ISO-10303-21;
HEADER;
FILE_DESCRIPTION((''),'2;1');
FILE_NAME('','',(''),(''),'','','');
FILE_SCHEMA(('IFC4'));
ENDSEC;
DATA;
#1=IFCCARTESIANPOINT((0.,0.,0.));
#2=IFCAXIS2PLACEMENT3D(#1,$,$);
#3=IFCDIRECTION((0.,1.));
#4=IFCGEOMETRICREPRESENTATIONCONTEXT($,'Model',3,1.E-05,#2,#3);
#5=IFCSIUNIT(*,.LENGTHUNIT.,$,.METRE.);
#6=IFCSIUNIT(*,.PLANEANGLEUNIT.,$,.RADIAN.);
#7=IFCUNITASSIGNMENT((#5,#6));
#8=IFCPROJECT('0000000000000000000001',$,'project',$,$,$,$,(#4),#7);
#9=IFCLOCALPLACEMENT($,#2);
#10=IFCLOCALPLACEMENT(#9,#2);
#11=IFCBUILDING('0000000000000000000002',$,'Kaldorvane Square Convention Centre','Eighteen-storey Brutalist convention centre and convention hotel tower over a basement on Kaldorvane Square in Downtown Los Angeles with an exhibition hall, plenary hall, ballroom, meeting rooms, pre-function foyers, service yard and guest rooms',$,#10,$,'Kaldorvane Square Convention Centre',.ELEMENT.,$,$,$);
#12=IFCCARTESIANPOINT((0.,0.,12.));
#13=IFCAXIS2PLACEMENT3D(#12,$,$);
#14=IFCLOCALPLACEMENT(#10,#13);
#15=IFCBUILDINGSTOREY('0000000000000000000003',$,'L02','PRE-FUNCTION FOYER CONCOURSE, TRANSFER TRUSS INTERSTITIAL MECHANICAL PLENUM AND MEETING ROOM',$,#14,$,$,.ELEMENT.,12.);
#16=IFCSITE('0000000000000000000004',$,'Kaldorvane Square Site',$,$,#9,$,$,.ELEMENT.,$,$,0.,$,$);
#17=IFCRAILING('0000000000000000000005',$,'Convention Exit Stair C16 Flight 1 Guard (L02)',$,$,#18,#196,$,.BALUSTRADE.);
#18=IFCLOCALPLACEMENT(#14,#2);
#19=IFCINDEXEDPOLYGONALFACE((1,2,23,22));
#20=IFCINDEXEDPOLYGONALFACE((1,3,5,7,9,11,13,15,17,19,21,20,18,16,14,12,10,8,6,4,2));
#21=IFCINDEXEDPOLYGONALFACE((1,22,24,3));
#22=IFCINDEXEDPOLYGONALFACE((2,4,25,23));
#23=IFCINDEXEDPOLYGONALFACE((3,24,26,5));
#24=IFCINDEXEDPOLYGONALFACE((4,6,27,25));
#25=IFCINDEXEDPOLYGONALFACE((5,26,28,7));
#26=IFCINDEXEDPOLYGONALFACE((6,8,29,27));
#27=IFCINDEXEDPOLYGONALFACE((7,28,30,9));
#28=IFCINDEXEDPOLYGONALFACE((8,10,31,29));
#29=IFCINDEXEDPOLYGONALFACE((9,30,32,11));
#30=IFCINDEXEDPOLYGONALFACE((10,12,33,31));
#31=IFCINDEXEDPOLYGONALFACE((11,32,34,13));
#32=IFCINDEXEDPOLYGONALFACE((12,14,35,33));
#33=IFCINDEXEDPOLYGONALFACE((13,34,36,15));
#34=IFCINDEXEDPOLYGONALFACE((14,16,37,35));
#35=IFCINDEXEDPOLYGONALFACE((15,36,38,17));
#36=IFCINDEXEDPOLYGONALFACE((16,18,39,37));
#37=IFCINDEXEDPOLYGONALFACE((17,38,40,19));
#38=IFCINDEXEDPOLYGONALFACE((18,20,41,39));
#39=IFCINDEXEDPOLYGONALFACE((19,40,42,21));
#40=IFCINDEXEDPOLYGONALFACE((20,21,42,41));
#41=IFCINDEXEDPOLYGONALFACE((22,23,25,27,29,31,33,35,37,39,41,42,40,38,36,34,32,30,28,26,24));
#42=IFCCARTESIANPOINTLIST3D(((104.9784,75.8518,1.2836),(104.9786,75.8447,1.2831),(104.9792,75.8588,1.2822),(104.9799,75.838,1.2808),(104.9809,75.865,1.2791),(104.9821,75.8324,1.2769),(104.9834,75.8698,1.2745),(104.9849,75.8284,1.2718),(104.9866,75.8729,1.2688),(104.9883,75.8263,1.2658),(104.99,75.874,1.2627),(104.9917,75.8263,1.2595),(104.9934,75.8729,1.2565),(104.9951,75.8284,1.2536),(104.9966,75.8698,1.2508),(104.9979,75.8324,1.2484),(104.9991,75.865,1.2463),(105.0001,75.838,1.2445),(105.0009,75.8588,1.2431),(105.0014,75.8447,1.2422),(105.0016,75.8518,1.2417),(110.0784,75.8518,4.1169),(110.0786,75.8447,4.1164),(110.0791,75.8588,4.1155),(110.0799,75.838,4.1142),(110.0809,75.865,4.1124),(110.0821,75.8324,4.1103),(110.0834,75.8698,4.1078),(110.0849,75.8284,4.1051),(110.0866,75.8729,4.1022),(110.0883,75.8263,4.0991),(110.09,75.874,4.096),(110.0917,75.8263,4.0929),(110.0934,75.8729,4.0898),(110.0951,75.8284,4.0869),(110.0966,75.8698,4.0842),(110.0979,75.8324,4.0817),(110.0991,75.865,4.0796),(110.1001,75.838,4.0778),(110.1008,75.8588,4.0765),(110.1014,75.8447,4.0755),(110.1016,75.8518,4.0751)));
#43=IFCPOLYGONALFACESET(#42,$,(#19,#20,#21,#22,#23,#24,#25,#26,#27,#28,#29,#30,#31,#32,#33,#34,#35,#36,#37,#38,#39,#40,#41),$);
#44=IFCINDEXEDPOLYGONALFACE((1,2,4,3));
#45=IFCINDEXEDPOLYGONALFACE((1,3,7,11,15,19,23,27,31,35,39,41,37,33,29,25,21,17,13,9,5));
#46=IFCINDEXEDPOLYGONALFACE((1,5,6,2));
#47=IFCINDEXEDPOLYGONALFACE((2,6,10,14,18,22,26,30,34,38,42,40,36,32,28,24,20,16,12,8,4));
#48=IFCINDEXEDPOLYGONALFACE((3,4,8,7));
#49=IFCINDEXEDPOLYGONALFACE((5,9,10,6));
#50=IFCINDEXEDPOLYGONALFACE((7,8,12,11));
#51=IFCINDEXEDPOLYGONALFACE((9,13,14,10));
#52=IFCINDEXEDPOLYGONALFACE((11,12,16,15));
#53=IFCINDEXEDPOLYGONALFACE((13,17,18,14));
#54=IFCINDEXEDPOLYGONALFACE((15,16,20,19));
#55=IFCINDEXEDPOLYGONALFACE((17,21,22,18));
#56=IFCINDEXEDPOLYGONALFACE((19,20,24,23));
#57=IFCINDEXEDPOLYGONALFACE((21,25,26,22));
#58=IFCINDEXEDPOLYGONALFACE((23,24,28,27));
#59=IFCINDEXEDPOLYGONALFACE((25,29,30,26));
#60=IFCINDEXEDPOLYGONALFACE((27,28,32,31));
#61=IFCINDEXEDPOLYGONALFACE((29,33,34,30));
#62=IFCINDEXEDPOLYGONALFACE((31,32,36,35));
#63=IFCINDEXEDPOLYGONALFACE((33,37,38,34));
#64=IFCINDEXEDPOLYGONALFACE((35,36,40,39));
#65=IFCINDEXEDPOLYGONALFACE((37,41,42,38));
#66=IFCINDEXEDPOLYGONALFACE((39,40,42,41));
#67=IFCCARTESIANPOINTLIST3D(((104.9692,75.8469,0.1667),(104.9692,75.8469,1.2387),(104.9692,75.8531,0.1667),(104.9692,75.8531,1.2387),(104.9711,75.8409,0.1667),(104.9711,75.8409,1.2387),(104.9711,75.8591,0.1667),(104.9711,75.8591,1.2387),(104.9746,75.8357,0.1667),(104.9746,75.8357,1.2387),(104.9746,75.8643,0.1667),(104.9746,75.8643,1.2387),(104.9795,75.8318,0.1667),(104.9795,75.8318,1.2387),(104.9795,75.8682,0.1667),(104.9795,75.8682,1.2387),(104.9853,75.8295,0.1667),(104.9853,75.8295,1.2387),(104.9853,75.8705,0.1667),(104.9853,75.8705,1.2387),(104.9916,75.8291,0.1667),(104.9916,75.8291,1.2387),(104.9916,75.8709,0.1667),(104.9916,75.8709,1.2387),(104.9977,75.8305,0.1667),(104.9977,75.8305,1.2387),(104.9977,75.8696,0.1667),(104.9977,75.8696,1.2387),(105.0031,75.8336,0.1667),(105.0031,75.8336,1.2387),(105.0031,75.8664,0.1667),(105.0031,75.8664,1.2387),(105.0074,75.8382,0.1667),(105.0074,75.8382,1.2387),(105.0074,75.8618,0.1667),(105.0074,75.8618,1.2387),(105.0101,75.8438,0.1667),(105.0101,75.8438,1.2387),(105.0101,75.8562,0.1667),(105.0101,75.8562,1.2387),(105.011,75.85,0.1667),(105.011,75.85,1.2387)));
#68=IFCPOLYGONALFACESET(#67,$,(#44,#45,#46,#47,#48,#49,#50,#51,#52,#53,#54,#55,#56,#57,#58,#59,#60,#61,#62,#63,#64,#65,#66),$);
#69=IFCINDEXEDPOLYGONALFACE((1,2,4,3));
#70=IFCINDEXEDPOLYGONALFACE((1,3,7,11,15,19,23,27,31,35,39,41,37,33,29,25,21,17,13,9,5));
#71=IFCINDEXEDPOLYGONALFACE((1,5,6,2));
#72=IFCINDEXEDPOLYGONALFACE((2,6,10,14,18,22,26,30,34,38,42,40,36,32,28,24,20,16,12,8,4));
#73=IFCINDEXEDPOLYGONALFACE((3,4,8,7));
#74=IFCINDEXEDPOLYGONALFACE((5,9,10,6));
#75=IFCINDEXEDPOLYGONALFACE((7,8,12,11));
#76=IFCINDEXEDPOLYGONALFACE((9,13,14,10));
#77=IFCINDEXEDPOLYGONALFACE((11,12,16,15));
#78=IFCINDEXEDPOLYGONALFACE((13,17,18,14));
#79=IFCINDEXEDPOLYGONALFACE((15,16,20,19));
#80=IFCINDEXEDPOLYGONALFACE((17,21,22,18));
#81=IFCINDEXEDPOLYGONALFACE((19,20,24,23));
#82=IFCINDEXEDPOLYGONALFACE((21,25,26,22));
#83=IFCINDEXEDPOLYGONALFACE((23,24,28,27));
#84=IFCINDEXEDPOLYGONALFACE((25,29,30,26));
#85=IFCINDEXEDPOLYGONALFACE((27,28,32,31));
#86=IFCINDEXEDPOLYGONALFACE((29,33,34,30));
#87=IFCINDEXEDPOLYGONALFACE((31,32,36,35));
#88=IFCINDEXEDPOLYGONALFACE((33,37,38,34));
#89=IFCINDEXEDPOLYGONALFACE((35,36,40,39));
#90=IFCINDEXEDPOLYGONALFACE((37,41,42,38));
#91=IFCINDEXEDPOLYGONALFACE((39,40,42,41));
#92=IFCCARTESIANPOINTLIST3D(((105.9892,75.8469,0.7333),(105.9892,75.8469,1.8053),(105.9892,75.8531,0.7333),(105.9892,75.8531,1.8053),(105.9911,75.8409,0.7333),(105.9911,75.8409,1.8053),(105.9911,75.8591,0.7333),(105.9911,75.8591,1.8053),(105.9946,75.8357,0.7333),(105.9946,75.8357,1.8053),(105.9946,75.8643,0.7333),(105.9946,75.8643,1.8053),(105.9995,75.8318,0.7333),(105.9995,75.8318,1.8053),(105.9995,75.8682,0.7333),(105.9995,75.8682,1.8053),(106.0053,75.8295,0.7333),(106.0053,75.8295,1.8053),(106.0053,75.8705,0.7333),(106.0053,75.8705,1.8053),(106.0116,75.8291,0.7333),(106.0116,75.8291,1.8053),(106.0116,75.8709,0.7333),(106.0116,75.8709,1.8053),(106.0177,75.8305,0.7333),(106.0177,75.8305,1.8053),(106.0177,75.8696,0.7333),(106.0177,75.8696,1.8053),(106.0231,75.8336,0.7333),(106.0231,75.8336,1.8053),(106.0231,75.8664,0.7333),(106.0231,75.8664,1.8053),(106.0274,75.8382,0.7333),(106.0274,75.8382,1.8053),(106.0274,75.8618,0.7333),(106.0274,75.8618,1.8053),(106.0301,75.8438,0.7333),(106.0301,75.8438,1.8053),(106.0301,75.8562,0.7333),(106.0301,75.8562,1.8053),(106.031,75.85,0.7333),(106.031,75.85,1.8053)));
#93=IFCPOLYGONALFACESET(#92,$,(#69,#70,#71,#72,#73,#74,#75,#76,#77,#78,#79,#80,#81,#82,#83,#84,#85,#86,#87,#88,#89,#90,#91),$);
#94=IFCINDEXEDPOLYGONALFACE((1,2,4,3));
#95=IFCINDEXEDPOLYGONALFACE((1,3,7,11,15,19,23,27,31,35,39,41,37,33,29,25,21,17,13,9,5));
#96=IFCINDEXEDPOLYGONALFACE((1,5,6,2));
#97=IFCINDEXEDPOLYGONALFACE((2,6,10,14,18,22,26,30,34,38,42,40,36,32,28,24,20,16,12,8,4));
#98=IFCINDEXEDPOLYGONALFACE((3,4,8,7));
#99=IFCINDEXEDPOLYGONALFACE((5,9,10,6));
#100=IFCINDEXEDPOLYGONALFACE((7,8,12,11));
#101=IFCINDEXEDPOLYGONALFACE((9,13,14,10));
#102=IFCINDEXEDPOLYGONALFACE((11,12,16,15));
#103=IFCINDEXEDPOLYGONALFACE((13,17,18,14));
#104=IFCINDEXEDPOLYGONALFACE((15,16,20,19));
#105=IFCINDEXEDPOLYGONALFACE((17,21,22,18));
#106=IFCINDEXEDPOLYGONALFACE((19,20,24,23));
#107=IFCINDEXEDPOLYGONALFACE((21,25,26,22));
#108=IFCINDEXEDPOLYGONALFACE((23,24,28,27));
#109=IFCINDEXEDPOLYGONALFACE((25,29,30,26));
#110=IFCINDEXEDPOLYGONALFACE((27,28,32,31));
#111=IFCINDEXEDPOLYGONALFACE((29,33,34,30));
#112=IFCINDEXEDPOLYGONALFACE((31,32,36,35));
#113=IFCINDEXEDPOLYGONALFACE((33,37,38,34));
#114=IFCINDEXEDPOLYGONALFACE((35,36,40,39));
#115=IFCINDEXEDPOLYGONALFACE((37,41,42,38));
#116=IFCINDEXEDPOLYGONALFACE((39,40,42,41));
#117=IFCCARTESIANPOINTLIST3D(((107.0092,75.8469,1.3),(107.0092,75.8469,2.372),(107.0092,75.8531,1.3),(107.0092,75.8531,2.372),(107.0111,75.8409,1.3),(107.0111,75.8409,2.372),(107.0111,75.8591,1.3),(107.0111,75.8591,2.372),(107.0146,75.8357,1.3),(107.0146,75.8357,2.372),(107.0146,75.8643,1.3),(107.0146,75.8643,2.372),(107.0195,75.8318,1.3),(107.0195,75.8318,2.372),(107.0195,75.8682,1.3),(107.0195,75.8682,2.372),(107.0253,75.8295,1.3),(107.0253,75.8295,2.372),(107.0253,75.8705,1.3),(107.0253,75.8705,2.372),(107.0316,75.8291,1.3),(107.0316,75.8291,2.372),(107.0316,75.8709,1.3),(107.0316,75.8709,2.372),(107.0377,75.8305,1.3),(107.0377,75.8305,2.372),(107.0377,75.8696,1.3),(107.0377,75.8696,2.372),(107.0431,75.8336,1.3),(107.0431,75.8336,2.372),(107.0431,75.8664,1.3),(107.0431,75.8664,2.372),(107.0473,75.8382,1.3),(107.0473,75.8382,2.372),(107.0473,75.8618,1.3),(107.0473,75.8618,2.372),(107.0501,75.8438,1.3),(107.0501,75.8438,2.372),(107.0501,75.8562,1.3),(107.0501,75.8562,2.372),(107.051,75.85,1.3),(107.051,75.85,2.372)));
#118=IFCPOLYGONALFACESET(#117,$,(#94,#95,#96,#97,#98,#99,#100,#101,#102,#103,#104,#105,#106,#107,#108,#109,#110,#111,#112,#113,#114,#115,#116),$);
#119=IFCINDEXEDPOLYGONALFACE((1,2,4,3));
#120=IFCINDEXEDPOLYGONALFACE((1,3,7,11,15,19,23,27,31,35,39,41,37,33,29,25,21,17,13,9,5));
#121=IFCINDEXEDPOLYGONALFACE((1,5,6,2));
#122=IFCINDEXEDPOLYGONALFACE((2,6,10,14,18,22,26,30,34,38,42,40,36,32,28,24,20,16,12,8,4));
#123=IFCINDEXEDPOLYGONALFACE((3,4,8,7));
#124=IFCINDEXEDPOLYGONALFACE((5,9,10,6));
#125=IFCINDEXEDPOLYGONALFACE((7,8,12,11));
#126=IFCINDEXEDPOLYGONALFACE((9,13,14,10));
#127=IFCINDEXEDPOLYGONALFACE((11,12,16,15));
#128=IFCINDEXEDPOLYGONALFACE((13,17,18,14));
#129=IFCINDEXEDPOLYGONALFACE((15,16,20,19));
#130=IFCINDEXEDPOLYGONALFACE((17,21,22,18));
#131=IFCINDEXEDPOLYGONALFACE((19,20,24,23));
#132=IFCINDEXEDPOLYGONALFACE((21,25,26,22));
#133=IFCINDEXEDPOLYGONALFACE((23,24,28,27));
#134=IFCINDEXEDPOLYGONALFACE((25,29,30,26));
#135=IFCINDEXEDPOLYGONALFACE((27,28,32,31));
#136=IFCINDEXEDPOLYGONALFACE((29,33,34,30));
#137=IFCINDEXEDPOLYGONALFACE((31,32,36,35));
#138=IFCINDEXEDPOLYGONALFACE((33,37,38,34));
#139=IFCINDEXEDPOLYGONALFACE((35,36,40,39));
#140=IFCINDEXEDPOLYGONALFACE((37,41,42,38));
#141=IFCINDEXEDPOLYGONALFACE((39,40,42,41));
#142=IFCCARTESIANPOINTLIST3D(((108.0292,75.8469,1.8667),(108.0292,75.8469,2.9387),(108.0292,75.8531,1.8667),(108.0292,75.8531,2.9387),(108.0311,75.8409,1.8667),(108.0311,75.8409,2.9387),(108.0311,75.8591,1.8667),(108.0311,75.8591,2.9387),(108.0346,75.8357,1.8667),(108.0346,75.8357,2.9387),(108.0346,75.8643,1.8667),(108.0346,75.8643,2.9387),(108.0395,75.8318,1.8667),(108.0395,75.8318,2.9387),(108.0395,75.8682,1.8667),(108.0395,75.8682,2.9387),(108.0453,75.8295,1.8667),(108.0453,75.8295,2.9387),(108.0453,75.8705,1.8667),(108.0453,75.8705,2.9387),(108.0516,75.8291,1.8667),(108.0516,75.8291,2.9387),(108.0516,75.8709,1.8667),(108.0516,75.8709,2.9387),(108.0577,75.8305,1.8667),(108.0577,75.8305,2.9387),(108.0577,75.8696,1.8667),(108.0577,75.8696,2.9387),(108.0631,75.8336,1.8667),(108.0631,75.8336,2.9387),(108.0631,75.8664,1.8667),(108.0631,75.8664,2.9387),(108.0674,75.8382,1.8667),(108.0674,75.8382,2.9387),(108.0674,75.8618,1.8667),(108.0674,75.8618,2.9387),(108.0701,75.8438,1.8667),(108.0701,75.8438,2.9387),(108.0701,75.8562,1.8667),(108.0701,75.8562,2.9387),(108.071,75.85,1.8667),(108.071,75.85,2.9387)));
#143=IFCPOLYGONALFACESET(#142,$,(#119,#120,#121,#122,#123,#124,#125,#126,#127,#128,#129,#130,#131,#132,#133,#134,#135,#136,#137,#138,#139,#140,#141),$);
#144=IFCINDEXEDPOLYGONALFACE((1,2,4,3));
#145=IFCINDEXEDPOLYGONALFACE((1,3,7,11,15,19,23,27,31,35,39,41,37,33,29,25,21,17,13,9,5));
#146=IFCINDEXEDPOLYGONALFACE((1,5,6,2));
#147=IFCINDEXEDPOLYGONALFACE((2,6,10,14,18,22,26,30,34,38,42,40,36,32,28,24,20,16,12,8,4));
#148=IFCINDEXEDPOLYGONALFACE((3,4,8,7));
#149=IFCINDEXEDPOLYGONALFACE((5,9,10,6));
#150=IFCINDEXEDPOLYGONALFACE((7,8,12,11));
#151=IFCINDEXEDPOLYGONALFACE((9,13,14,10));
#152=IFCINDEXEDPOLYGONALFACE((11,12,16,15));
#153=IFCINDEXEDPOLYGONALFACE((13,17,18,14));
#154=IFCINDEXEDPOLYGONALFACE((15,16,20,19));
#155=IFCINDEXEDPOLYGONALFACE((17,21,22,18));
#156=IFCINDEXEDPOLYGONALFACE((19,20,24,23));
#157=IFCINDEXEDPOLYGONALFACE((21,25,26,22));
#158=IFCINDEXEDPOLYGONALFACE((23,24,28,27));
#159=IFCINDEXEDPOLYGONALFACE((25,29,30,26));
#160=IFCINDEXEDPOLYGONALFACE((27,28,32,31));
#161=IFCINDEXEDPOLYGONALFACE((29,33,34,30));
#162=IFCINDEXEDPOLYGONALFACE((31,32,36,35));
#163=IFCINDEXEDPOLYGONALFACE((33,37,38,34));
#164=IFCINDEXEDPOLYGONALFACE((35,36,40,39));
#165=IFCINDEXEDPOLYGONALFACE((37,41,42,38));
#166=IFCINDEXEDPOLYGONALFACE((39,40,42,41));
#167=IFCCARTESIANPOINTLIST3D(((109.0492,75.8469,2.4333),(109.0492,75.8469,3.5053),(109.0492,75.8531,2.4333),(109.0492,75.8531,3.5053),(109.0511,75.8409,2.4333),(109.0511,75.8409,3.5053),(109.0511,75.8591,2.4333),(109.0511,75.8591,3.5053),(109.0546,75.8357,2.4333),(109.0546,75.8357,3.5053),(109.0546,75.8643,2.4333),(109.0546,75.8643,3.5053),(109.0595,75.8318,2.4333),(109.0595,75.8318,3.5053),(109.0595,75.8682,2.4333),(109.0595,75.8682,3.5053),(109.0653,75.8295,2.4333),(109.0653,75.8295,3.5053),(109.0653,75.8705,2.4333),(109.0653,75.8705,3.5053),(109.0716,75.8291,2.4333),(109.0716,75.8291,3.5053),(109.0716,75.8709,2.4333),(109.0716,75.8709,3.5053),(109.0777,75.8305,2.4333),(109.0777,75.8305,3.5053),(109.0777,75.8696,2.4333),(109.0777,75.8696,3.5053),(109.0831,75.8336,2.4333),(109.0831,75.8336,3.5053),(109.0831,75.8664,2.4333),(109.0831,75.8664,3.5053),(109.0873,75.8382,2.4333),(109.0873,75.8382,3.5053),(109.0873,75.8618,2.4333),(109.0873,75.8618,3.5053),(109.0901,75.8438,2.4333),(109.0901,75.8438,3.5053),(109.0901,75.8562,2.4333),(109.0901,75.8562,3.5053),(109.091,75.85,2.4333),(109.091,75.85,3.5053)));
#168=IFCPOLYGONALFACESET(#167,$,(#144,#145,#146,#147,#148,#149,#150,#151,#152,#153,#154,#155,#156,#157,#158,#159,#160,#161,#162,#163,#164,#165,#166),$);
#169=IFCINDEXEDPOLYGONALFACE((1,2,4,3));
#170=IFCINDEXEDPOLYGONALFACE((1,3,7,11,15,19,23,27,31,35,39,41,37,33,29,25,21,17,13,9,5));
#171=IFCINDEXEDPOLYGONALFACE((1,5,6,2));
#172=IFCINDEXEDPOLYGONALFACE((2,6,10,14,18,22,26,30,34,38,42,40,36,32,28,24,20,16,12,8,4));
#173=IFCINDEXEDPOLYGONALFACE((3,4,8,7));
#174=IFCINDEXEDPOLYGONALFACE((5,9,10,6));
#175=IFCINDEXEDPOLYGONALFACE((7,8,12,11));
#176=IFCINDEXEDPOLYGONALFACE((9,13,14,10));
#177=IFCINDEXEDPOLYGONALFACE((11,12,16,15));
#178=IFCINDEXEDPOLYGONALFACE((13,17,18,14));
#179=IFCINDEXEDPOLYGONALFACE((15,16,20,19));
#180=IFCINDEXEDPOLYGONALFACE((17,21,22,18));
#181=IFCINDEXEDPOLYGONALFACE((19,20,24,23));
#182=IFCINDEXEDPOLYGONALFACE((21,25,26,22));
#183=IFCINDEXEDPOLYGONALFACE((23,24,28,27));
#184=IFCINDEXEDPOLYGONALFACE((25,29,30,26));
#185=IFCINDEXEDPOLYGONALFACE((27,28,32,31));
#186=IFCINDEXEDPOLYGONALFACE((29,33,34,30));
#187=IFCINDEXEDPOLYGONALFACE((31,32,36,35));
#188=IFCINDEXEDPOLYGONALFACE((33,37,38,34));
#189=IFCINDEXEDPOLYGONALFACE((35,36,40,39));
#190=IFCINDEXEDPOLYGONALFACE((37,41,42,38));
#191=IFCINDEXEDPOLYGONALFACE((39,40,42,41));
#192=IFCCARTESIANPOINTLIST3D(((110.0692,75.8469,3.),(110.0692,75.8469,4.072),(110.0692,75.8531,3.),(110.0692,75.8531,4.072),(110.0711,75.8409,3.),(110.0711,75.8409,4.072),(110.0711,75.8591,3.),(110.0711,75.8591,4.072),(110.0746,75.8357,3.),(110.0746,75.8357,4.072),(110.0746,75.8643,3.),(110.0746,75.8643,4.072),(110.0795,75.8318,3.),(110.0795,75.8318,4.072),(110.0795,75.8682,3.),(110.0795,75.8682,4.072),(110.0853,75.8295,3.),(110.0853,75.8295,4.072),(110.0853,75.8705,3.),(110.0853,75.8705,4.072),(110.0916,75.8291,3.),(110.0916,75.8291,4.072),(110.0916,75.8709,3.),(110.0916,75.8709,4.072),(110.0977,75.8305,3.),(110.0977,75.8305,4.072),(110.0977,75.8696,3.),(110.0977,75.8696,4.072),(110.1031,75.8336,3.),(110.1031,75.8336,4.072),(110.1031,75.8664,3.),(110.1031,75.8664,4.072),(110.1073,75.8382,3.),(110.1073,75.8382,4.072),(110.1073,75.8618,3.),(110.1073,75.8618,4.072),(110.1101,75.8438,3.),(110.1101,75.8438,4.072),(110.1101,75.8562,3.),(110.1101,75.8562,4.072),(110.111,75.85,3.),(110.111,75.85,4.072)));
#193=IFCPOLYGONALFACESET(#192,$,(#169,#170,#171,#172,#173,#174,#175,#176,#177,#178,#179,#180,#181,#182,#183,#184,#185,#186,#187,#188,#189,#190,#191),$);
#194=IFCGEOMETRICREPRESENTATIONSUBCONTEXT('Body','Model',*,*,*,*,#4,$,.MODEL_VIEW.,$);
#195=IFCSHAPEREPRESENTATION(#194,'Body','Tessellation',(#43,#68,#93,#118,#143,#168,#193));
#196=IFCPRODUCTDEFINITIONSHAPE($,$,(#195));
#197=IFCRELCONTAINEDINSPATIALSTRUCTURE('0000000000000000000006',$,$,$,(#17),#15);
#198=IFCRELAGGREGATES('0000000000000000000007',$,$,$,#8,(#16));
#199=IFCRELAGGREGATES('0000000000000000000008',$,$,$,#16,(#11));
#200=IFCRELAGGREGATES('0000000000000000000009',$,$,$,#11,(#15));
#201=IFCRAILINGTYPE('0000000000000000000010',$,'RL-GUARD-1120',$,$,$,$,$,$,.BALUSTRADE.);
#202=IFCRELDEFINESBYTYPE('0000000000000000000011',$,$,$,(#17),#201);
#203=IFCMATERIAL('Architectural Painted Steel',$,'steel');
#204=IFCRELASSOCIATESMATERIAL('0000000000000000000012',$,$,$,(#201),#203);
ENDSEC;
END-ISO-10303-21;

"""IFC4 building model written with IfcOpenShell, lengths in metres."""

from ifc_helpers import new_model, si_unit, direction, frame, origin, origin_2d, place, context, subcontext, project, spatial, circle, extrude, material, type_object, element, save


model = new_model("IFC4")

# Units and contexts
model_context = context("Model", 3, precision=1e-05, world=origin(), true_north=direction((0.0, 1.0)))
body_context = subcontext(model_context, "Body", "Model", "MODEL_VIEW")
ifc_project = project(units=[si_unit("LENGTHUNIT", "METRE"), si_unit("PLANEANGLEUNIT", "RADIAN")], contexts=[model_context])

# Site, building, storey
site_placement = place(None, origin())
site = spatial("IfcSite", under=ifc_project, at=site_placement, Name="Kaldorvane Square Site", CompositionType="ELEMENT", RefElevation=0.0)
building_placement = place(site_placement, origin())
building = spatial("IfcBuilding", under=site, at=building_placement, Name="Kaldorvane Square Convention Centre", Description="Eighteen-storey Brutalist convention centre and convention hotel tower over a basement on Kaldorvane Square in Downtown Los Angeles with an exhibition hall, plenary hall, ballroom, meeting rooms, pre-function foyers, service yard and guest rooms", LongName="Kaldorvane Square Convention Centre", CompositionType="ELEMENT")
storey_placement = place(building_placement, frame((0.0, 0.0, 12.0)))
storey = spatial("IfcBuildingStorey", under=building, at=storey_placement, Name="L02", Description="PRE-FUNCTION FOYER CONCOURSE, TRANSFER TRUSS INTERSTITIAL MECHANICAL PLENUM AND MEETING ROOM", CompositionType="ELEMENT", Elevation=12.0)

# Railing
ifc_material_1 = material(Name="Architectural Painted Steel", Category="steel")
railing_type_1 = type_object("IfcRailingType", Name="RL-GUARD-1120", PredefinedType="BALUSTRADE", material=ifc_material_1)
railing_1_placement = place(storey_placement, frame((104.99, 75.85, 0.1667)))
element("IfcRailing", 1, at=railing_1_placement, inside=storey, type_object=railing_type_1, Name="Convention Exit Stair C16 Flight 1 Guard (L02)", PredefinedType="BALUSTRADE", context=body_context, shape_type="SweptSolid", body=[
    extrude(circle(Radius=0.024, at=origin_2d()), frame((0.0, 0.0, 1.096), z_axis=(0.874157, 0.0, 0.485643), x_axis=(0.0, 1.0, 0.0)), (0.0, 0.0, 1.0), 5.8342),
    extrude(circle(Radius=0.021, at=origin_2d()), origin(), (0.0, 0.0, 1.0), 1.072),
    extrude(circle(Radius=0.021, at=origin_2d()), frame((1.02, 0.0, 0.5667)), (0.0, 0.0, 1.0), 1.072),
    extrude(circle(Radius=0.021, at=origin_2d()), frame((2.04, 0.0, 1.1333)), (0.0, 0.0, 1.0), 1.072),
    extrude(circle(Radius=0.021, at=origin_2d()), frame((3.06, 0.0, 1.7)), (0.0, 0.0, 1.0), 1.072),
    extrude(circle(Radius=0.021, at=origin_2d()), frame((4.08, 0.0, 2.2667)), (0.0, 0.0, 1.0), 1.072),
    extrude(circle(Radius=0.021, at=origin_2d()), frame((5.1, 0.0, 2.8333)), (0.0, 0.0, 1.0), 1.072),
])

save(model, "model.ifc")
